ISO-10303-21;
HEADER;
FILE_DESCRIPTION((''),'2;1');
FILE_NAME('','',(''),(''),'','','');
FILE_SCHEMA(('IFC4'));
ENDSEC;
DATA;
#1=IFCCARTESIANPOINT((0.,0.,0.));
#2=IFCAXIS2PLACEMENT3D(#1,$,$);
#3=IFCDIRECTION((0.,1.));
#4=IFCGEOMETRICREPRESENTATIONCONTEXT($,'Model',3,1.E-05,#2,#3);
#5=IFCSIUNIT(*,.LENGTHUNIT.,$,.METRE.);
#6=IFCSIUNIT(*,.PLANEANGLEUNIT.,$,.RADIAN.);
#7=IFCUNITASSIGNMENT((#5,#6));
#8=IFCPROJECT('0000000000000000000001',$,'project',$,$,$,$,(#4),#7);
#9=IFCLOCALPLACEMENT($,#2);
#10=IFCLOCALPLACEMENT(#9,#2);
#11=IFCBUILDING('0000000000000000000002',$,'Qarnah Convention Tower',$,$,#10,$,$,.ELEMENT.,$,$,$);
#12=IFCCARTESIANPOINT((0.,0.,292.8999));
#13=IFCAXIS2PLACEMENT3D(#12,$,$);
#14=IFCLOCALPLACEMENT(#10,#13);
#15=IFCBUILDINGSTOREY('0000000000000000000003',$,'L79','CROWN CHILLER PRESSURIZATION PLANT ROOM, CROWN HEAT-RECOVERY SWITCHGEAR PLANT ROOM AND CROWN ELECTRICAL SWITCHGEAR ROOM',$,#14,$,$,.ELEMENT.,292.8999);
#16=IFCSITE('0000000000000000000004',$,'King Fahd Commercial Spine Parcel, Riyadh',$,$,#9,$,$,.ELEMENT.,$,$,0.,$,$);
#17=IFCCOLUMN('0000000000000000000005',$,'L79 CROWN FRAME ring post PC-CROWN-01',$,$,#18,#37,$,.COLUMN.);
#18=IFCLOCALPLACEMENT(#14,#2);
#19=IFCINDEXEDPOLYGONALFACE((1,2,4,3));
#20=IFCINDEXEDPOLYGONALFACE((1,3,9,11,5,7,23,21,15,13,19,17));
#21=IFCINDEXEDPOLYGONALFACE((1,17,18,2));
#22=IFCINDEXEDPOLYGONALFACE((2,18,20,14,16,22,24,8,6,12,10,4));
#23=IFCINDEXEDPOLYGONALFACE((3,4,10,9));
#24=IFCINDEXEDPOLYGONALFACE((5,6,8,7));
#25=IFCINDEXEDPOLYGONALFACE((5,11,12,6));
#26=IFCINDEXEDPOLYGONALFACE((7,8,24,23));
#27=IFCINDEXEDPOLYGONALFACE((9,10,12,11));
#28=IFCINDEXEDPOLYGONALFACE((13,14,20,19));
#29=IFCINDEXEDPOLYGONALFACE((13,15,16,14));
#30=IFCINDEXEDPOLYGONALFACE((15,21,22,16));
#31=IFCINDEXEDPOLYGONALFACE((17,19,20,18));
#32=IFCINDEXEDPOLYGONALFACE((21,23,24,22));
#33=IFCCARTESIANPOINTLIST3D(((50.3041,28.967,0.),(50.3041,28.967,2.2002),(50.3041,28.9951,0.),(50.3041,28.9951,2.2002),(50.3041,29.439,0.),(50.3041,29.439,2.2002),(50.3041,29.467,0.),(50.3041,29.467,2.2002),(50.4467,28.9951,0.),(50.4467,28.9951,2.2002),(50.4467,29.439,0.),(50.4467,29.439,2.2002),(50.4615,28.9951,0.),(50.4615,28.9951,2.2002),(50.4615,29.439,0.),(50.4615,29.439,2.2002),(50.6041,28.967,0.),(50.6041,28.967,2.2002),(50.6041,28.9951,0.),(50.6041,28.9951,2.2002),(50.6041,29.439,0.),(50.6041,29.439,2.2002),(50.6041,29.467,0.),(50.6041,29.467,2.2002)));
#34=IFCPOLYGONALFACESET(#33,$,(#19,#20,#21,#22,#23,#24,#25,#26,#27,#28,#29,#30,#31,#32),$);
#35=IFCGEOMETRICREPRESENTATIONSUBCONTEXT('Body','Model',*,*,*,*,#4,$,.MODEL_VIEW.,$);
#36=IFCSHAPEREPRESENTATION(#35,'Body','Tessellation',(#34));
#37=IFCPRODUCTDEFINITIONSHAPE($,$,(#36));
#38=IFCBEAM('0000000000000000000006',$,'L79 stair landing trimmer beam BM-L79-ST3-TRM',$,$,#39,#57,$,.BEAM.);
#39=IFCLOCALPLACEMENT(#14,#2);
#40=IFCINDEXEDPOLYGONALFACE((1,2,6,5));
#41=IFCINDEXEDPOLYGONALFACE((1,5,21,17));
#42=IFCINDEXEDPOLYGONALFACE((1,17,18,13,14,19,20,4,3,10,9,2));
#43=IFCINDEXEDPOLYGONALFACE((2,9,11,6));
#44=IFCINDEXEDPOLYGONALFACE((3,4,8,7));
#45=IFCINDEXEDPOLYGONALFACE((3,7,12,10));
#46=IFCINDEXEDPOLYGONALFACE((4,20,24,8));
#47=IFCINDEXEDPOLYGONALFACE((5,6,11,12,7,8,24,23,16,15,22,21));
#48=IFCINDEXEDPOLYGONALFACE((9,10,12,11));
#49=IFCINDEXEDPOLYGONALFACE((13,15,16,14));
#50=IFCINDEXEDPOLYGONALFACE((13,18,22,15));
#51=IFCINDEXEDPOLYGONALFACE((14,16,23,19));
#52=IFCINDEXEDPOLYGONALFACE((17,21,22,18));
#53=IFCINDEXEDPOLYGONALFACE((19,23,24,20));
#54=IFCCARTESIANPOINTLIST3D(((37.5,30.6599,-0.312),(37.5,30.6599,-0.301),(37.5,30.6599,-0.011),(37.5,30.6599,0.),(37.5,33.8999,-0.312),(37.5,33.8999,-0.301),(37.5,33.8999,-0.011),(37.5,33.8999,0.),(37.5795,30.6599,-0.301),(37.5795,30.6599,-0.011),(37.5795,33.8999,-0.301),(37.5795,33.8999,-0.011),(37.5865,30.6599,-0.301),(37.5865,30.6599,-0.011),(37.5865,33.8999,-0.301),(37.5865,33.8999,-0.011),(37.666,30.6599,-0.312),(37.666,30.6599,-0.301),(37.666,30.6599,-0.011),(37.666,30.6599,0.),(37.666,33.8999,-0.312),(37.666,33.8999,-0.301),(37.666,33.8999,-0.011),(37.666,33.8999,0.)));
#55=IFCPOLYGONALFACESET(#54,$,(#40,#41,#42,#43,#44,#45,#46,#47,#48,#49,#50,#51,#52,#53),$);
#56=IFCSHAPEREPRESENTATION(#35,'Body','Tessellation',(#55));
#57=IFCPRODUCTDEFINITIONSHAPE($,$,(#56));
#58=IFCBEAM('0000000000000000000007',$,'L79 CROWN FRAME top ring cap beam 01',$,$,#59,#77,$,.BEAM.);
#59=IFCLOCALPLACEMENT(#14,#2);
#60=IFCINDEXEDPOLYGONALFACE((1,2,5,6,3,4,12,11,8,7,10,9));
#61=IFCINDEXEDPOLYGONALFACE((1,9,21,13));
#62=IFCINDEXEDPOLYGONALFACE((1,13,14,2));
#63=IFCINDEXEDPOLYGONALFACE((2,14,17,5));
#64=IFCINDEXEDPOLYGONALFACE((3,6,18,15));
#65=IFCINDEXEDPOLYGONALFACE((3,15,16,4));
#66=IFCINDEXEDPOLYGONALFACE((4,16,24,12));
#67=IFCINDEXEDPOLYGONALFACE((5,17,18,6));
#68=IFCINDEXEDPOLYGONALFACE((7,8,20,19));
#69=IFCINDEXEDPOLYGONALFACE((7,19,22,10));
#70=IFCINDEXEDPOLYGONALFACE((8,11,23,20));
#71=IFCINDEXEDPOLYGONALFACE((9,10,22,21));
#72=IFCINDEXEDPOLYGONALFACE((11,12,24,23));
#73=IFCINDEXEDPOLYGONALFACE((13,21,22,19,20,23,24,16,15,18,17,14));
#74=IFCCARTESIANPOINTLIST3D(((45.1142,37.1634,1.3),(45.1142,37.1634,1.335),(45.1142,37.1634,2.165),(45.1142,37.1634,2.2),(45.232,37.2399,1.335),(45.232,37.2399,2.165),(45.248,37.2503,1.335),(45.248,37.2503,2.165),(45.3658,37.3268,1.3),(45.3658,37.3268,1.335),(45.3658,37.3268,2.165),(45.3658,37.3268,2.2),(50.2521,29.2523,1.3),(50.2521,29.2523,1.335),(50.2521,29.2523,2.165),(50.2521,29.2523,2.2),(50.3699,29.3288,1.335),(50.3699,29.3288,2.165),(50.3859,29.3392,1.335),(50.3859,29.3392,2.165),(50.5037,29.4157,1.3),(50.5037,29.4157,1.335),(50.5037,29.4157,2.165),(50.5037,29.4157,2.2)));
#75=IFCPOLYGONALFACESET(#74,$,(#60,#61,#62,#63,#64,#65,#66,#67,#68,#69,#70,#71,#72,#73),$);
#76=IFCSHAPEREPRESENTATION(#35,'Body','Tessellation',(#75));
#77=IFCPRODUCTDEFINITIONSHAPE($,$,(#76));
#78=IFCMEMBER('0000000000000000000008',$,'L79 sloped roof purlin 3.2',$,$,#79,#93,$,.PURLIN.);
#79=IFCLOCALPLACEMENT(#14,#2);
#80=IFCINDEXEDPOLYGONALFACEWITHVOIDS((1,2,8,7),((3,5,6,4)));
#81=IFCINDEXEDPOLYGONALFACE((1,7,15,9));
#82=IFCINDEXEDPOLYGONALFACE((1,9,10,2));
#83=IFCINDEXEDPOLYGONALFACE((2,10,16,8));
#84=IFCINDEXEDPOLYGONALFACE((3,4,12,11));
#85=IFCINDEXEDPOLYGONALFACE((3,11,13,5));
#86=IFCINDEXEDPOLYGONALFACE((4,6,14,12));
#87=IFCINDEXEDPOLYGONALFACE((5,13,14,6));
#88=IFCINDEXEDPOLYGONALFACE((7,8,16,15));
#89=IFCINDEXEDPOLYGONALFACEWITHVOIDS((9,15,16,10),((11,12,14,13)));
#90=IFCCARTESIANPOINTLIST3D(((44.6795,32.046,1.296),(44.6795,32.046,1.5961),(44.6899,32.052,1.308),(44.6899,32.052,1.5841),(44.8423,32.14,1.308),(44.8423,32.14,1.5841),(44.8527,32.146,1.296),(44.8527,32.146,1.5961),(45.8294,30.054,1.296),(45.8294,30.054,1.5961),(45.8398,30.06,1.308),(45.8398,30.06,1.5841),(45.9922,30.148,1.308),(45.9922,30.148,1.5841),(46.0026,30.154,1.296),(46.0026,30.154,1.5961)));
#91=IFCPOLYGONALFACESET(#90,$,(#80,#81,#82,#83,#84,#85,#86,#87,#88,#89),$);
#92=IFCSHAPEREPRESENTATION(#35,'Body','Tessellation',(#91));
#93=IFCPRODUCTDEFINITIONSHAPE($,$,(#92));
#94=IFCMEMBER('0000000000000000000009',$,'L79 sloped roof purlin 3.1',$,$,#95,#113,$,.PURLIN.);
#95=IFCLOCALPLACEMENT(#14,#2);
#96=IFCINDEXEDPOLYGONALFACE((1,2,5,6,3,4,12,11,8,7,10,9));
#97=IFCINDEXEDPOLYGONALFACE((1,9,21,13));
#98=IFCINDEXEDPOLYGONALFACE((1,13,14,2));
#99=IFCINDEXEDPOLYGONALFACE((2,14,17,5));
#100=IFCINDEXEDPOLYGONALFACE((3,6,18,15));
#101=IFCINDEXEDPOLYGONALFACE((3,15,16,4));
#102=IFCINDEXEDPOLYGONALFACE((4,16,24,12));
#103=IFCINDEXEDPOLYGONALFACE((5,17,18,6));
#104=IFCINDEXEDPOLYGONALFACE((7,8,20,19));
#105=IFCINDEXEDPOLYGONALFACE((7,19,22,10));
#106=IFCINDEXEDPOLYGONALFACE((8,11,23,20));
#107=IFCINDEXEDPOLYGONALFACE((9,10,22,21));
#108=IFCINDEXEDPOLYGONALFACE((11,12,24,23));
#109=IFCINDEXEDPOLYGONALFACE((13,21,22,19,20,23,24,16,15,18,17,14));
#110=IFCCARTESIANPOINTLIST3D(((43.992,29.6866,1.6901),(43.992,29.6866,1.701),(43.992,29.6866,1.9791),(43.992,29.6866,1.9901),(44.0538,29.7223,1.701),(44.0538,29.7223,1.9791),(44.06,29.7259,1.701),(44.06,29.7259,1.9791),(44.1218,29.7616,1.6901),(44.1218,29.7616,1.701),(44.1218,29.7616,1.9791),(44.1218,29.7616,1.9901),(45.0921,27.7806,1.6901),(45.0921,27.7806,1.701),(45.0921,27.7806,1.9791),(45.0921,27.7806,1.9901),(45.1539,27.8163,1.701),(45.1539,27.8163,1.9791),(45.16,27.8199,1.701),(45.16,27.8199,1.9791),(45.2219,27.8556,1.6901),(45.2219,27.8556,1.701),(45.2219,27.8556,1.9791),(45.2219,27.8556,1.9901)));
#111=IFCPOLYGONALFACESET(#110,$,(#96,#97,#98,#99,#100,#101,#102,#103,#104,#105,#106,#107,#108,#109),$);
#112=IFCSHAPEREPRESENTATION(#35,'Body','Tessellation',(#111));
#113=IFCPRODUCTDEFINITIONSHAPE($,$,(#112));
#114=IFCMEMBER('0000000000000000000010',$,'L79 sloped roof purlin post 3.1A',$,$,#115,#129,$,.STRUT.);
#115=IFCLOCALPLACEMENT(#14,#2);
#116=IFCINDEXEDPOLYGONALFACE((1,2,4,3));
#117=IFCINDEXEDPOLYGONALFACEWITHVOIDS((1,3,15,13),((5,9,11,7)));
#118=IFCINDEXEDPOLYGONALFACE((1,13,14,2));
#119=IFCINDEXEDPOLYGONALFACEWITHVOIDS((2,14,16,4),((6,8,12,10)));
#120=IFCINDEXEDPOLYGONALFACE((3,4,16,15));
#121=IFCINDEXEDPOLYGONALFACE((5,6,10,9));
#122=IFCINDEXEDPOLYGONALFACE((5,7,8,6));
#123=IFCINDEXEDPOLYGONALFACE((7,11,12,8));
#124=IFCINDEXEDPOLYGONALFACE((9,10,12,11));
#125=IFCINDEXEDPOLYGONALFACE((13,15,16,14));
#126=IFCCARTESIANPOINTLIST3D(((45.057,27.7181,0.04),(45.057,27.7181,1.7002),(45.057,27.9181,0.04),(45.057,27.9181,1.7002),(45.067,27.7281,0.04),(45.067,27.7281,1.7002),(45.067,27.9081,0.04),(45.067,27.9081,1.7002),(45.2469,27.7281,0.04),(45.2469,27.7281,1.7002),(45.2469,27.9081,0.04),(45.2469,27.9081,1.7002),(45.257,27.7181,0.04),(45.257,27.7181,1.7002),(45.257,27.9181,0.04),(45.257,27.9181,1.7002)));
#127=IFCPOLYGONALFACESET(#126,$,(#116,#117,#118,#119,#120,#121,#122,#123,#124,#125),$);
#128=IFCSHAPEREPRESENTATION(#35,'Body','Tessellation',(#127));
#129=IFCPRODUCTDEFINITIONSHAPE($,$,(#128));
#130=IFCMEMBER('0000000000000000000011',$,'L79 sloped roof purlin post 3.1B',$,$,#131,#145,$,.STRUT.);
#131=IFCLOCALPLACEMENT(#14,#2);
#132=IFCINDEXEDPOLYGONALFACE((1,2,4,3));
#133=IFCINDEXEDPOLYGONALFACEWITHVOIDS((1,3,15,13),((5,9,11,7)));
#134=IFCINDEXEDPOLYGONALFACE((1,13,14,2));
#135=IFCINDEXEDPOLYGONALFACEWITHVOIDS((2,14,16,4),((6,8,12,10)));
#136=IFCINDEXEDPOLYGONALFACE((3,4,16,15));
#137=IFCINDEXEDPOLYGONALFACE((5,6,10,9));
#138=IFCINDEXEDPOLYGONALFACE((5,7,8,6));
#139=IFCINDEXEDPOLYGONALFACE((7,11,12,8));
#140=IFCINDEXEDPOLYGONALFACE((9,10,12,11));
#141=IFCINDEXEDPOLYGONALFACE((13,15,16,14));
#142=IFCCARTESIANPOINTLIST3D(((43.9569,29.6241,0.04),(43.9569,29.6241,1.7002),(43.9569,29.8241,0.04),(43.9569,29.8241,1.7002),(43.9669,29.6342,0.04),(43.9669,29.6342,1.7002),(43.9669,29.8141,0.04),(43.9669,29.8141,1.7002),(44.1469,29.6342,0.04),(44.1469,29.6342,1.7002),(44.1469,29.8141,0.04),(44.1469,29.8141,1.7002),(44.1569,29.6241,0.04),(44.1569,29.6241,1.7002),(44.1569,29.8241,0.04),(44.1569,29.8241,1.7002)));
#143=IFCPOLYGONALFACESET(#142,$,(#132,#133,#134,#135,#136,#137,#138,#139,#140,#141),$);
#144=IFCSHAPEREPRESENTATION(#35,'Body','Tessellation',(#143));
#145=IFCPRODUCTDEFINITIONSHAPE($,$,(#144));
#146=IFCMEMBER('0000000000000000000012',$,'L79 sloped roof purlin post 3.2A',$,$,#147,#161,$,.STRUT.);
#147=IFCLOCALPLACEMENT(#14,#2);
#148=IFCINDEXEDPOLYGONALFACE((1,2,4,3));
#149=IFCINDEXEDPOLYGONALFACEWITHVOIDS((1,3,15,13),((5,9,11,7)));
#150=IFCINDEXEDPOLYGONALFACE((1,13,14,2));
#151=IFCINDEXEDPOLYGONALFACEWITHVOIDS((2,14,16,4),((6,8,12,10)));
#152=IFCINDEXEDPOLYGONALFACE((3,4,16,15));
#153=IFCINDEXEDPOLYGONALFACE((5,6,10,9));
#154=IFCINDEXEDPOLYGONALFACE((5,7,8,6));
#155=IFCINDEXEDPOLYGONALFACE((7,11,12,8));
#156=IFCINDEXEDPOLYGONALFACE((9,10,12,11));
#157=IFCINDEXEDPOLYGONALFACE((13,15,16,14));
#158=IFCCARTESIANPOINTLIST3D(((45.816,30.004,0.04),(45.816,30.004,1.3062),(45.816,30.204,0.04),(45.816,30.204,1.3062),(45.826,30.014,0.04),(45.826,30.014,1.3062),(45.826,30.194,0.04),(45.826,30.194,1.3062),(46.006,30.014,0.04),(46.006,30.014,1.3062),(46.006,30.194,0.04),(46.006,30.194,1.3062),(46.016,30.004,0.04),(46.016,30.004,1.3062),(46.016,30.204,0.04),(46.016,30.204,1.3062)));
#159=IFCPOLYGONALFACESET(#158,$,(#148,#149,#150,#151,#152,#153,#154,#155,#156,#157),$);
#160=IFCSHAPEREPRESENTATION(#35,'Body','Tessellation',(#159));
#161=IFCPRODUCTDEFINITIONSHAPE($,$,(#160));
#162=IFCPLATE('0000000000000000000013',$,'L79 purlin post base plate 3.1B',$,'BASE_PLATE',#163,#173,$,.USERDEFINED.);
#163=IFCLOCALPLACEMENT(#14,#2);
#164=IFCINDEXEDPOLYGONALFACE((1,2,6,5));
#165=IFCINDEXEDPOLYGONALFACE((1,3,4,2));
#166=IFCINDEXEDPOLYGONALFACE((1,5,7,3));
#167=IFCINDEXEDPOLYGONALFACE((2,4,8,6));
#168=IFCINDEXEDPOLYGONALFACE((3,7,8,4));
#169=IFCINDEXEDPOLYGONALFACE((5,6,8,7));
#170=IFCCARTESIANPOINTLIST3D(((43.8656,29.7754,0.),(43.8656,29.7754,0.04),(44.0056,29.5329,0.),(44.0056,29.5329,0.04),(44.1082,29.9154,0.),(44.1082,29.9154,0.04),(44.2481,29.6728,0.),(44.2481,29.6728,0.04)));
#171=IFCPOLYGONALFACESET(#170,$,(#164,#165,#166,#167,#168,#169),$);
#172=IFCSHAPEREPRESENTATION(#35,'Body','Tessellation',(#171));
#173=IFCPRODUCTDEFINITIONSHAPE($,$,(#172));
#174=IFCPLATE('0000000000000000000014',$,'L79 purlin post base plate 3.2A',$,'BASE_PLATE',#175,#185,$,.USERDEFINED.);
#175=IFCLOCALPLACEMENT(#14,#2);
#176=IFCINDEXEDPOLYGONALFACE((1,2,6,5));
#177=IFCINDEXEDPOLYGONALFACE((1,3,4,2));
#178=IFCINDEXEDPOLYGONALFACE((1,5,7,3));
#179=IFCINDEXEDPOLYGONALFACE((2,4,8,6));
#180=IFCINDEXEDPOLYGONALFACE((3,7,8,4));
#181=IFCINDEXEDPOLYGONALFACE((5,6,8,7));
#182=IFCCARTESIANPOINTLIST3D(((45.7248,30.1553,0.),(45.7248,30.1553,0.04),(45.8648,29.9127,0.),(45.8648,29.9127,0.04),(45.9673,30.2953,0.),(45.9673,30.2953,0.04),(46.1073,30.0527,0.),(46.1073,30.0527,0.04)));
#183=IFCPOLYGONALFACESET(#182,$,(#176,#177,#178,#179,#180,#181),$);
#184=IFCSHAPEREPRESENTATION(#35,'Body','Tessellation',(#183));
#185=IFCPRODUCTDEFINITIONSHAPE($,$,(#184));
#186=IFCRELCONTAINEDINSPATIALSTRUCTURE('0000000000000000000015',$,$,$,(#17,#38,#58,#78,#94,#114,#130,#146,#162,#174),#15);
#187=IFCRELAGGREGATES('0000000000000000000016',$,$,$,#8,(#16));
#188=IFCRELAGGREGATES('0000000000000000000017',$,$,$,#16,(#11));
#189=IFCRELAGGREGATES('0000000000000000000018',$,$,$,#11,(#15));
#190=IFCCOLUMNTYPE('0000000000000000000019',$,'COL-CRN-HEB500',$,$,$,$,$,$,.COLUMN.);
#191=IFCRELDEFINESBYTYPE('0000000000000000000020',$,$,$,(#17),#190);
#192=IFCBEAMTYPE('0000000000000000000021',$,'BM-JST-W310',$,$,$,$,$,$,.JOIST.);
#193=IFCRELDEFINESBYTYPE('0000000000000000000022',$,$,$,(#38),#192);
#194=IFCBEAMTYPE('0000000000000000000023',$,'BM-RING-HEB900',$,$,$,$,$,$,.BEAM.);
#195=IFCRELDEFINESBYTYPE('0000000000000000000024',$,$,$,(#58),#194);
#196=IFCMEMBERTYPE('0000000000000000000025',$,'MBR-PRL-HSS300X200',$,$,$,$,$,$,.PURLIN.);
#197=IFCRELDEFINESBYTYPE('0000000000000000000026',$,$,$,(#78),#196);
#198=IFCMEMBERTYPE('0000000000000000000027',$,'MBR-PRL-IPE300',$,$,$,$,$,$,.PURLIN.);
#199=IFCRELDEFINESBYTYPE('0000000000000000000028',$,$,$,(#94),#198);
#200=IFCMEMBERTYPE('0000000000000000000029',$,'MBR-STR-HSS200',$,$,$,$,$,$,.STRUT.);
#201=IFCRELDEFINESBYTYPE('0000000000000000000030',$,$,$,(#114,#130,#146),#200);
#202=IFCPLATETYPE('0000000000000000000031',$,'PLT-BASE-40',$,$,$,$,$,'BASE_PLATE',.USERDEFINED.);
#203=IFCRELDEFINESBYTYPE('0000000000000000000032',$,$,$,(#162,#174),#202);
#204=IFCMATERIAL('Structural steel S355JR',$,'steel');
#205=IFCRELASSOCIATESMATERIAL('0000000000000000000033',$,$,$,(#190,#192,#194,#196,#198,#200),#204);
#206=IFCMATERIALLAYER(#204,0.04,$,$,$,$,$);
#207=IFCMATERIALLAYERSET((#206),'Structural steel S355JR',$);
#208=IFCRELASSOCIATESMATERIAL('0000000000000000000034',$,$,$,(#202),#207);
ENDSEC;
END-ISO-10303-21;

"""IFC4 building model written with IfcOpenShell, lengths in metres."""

from ifc_helpers import new_model, si_unit, direction, frame, origin, origin_2d, place, context, subcontext, project, spatial, rectangle, hollow_rectangle, i_section, extrude, material, layer, layer_set, material_profile, profile_set, type_object, element, save


model = new_model("IFC4")

# Units and contexts
model_context = context("Model", 3, precision=1e-05, world=origin(), true_north=direction((0.0, 1.0)))
body_context = subcontext(model_context, "Body", "Model", "MODEL_VIEW")
ifc_project = project(units=[si_unit("LENGTHUNIT", "METRE"), si_unit("PLANEANGLEUNIT", "RADIAN")], contexts=[model_context])

# Site, building, storey
site_placement = place(None, origin())
site = spatial("IfcSite", under=ifc_project, at=site_placement, Name="King Fahd Commercial Spine Parcel, Riyadh", CompositionType="ELEMENT", RefElevation=0.0)
building_placement = place(site_placement, origin())
building = spatial("IfcBuilding", under=site, at=building_placement, Name="Qarnah Convention Tower", CompositionType="ELEMENT")
storey_placement = place(building_placement, frame((0.0, 0.0, 292.8999)))
storey = spatial("IfcBuildingStorey", under=building, at=storey_placement, Name="L79", Description="CROWN CHILLER PRESSURIZATION PLANT ROOM, CROWN HEAT-RECOVERY SWITCHGEAR PLANT ROOM AND CROWN ELECTRICAL SWITCHGEAR ROOM", CompositionType="ELEMENT", Elevation=292.8999)

# Column
ifc_material_1 = material(Name="Structural steel S355JR", Category="steel")
ifc_material_profile_1 = material_profile(ifc_material_1, i_section(OverallWidth=0.3, OverallDepth=0.5, WebThickness=0.0149, FlangeThickness=0.0281, at=origin_2d()), Name="HEB500")
ifc_profile_set_1 = profile_set([ifc_material_profile_1], Name="Structural steel S355JR")
column_type = type_object("IfcColumnType", Name="COL-CRN-HEB500", PredefinedType="COLUMN", material=ifc_profile_set_1)
column_placement = place(storey_placement, frame((50.4541, 29.217, 0.0), z_axis=(0.0, 0.0, 1.0), x_axis=(1.0, 0.0, 0.0)))
element("IfcColumn", 1, at=column_placement, inside=storey, type_object=column_type, Name="L79 CROWN FRAME ring post PC-CROWN-01", PredefinedType="COLUMN", context=body_context, shape_type="SweptSolid", body=[
    extrude(i_section(OverallWidth=0.3, OverallDepth=0.5, WebThickness=0.0149, FlangeThickness=0.0281, at=origin_2d()), origin(), (0.0, 0.0, 1.0), 2.2002),
])

# Beams
ifc_material_profile_2 = material_profile(ifc_material_1, i_section(OverallWidth=0.166, OverallDepth=0.312, WebThickness=0.0071, FlangeThickness=0.011, at=origin_2d()), Name="W310X45")
ifc_profile_set_2 = profile_set([ifc_material_profile_2], Name="Structural steel S355JR")
beam_type_1 = type_object("IfcBeamType", Name="BM-JST-W310", PredefinedType="JOIST", material=ifc_profile_set_2)
beam_1_placement = place(storey_placement, frame((37.583, 30.6599, -0.156), z_axis=(0.0, 1.0, 0.0), x_axis=(-1.0, 0.0, 0.0)))
element("IfcBeam", 2, at=beam_1_placement, inside=storey, type_object=beam_type_1, Name="L79 stair landing trimmer beam BM-L79-ST3-TRM", PredefinedType="BEAM", context=body_context, shape_type="SweptSolid", body=[
    extrude(i_section(OverallWidth=0.166, OverallDepth=0.312, WebThickness=0.0071, FlangeThickness=0.011, at=origin_2d()), origin(), (0.0, 0.0, 1.0), 3.24),
])
ifc_material_profile_3 = material_profile(ifc_material_1, i_section(OverallWidth=0.3, OverallDepth=0.8999, WebThickness=0.019, FlangeThickness=0.0349, at=origin_2d()), Name="HEB900")
ifc_profile_set_3 = profile_set([ifc_material_profile_3], Name="Structural steel S355JR")
beam_type_2 = type_object("IfcBeamType", Name="BM-RING-HEB900", PredefinedType="BEAM", material=ifc_profile_set_3)
beam_2_placement = place(storey_placement, frame((50.3779, 29.334, 1.75), z_axis=(-0.544668, 0.838652, 0.0), x_axis=(-0.838652, -0.544668, 0.0)))
element("IfcBeam", 3, at=beam_2_placement, inside=storey, type_object=beam_type_2, Name="L79 CROWN FRAME top ring cap beam 01", PredefinedType="BEAM", context=body_context, shape_type="SweptSolid", body=[
    extrude(i_section(OverallWidth=0.3, OverallDepth=0.8999, WebThickness=0.019, FlangeThickness=0.0349, at=origin_2d()), origin(), (0.0, 0.0, 1.0), 9.4331),
])

# Members
ifc_material_profile_4 = material_profile(ifc_material_1, hollow_rectangle(XDim=0.2, YDim=0.3, WallThickness=0.012, at=origin_2d()), Name="HSS300X200X12")
ifc_profile_set_4 = profile_set([ifc_material_profile_4], Name="Structural steel S355JR")
member_type_1 = type_object("IfcMemberType", Name="MBR-PRL-HSS300X200", PredefinedType="PURLIN", material=ifc_profile_set_4)
member_1_placement = place(storey_placement, frame((45.916, 30.104, 1.446), z_axis=(-0.499952, 0.866053, 0.0), x_axis=(-0.866053, -0.499952, 0.0)))
element("IfcMember", 4, at=member_1_placement, inside=storey, type_object=member_type_1, Name="L79 sloped roof purlin 3.2", PredefinedType="PURLIN", context=body_context, shape_type="SweptSolid", body=[
    extrude(hollow_rectangle(XDim=0.2, YDim=0.3, WallThickness=0.012, at=origin_2d()), origin(), (0.0, 0.0, 1.0), 2.3),
])
ifc_material_profile_5 = material_profile(ifc_material_1, i_section(OverallWidth=0.1499, OverallDepth=0.3, WebThickness=0.0071, FlangeThickness=0.011, at=origin_2d()), Name="IPE300")
ifc_profile_set_5 = profile_set([ifc_material_profile_5], Name="Structural steel S355JR")
member_type_2 = type_object("IfcMemberType", Name="MBR-PRL-IPE300", PredefinedType="PURLIN", material=ifc_profile_set_5)
member_2_placement = place(storey_placement, frame((45.157, 27.8181, 1.8401), z_axis=(-0.499886, 0.866091, 0.0), x_axis=(-0.866091, -0.499886, 0.0)))
element("IfcMember", 5, at=member_2_placement, inside=storey, type_object=member_type_2, Name="L79 sloped roof purlin 3.1", PredefinedType="PURLIN", context=body_context, shape_type="SweptSolid", body=[
    extrude(i_section(OverallWidth=0.1499, OverallDepth=0.3, WebThickness=0.0071, FlangeThickness=0.011, at=origin_2d()), origin(), (0.0, 0.0, 1.0), 2.2007),
])
ifc_material_profile_6 = material_profile(ifc_material_1, hollow_rectangle(XDim=0.2, YDim=0.2, WallThickness=0.01, at=origin_2d()), Name="HSS200X200X10")
ifc_profile_set_6 = profile_set([ifc_material_profile_6], Name="Structural steel S355JR")
member_type_3 = type_object("IfcMemberType", Name="MBR-STR-HSS200", PredefinedType="STRUT", material=ifc_profile_set_6)
for number, where, z_axis, x_axis, name in (
    (6, (45.157, 27.8181, 0.04), (0.0, 0.0, 1.0), (1.0, 0.0, 0.0), "L79 sloped roof purlin post 3.1A"),
    (7, (44.0569, 29.7241, 0.04), (0.0, 0.0, 1.0), (1.0, 0.0, 0.0), "L79 sloped roof purlin post 3.1B"),
):
    element("IfcMember", number, at=place(storey_placement, frame(where, z_axis=z_axis, x_axis=x_axis)), inside=storey, type_object=member_type_3, Name=name, PredefinedType="STRUT", context=body_context, shape_type="SweptSolid", body=[
        extrude(hollow_rectangle(XDim=0.2, YDim=0.2, WallThickness=0.01, at=origin_2d()), origin(), (0.0, 0.0, 1.0), 1.6602),
    ])
member_3_placement = place(storey_placement, frame((45.916, 30.104, 0.04), z_axis=(0.0, 0.0, 1.0), x_axis=(1.0, 0.0, 0.0)))
element("IfcMember", 8, at=member_3_placement, inside=storey, type_object=member_type_3, Name="L79 sloped roof purlin post 3.2A", PredefinedType="STRUT", context=body_context, shape_type="SweptSolid", body=[
    extrude(hollow_rectangle(XDim=0.2, YDim=0.2, WallThickness=0.01, at=origin_2d()), origin(), (0.0, 0.0, 1.0), 1.2661),
])

# Plates
ifc_layer_1 = layer(ifc_material_1, 0.04)
ifc_layer_set_1 = layer_set([ifc_layer_1], Name="Structural steel S355JR")
plate_type_1 = type_object("IfcPlateType", Name="PLT-BASE-40", ElementType="BASE_PLATE", PredefinedType="USERDEFINED", material=ifc_layer_set_1)
for number, where, z_axis, x_axis, name in (
    (9, (44.0569, 29.7241, 0.0), (0.0, 0.0, 1.0), (-0.499853, 0.86611, 0.0), "L79 purlin post base plate 3.1B"),
    (10, (45.916, 30.104, 0.0), (0.0, 0.0, 1.0), (-0.499973, 0.866041, 0.0), "L79 purlin post base plate 3.2A"),
):
    element("IfcPlate", number, at=place(storey_placement, frame(where, z_axis=z_axis, x_axis=x_axis)), inside=storey, type_object=plate_type_1, Name=name, ObjectType="BASE_PLATE", PredefinedType="USERDEFINED", context=body_context, shape_type="SweptSolid", body=[
        extrude(rectangle(XDim=0.28, YDim=0.28, at=origin_2d()), origin(), (0.0, 0.0, 1.0), 0.04),
    ])

save(model, "model.ifc")
